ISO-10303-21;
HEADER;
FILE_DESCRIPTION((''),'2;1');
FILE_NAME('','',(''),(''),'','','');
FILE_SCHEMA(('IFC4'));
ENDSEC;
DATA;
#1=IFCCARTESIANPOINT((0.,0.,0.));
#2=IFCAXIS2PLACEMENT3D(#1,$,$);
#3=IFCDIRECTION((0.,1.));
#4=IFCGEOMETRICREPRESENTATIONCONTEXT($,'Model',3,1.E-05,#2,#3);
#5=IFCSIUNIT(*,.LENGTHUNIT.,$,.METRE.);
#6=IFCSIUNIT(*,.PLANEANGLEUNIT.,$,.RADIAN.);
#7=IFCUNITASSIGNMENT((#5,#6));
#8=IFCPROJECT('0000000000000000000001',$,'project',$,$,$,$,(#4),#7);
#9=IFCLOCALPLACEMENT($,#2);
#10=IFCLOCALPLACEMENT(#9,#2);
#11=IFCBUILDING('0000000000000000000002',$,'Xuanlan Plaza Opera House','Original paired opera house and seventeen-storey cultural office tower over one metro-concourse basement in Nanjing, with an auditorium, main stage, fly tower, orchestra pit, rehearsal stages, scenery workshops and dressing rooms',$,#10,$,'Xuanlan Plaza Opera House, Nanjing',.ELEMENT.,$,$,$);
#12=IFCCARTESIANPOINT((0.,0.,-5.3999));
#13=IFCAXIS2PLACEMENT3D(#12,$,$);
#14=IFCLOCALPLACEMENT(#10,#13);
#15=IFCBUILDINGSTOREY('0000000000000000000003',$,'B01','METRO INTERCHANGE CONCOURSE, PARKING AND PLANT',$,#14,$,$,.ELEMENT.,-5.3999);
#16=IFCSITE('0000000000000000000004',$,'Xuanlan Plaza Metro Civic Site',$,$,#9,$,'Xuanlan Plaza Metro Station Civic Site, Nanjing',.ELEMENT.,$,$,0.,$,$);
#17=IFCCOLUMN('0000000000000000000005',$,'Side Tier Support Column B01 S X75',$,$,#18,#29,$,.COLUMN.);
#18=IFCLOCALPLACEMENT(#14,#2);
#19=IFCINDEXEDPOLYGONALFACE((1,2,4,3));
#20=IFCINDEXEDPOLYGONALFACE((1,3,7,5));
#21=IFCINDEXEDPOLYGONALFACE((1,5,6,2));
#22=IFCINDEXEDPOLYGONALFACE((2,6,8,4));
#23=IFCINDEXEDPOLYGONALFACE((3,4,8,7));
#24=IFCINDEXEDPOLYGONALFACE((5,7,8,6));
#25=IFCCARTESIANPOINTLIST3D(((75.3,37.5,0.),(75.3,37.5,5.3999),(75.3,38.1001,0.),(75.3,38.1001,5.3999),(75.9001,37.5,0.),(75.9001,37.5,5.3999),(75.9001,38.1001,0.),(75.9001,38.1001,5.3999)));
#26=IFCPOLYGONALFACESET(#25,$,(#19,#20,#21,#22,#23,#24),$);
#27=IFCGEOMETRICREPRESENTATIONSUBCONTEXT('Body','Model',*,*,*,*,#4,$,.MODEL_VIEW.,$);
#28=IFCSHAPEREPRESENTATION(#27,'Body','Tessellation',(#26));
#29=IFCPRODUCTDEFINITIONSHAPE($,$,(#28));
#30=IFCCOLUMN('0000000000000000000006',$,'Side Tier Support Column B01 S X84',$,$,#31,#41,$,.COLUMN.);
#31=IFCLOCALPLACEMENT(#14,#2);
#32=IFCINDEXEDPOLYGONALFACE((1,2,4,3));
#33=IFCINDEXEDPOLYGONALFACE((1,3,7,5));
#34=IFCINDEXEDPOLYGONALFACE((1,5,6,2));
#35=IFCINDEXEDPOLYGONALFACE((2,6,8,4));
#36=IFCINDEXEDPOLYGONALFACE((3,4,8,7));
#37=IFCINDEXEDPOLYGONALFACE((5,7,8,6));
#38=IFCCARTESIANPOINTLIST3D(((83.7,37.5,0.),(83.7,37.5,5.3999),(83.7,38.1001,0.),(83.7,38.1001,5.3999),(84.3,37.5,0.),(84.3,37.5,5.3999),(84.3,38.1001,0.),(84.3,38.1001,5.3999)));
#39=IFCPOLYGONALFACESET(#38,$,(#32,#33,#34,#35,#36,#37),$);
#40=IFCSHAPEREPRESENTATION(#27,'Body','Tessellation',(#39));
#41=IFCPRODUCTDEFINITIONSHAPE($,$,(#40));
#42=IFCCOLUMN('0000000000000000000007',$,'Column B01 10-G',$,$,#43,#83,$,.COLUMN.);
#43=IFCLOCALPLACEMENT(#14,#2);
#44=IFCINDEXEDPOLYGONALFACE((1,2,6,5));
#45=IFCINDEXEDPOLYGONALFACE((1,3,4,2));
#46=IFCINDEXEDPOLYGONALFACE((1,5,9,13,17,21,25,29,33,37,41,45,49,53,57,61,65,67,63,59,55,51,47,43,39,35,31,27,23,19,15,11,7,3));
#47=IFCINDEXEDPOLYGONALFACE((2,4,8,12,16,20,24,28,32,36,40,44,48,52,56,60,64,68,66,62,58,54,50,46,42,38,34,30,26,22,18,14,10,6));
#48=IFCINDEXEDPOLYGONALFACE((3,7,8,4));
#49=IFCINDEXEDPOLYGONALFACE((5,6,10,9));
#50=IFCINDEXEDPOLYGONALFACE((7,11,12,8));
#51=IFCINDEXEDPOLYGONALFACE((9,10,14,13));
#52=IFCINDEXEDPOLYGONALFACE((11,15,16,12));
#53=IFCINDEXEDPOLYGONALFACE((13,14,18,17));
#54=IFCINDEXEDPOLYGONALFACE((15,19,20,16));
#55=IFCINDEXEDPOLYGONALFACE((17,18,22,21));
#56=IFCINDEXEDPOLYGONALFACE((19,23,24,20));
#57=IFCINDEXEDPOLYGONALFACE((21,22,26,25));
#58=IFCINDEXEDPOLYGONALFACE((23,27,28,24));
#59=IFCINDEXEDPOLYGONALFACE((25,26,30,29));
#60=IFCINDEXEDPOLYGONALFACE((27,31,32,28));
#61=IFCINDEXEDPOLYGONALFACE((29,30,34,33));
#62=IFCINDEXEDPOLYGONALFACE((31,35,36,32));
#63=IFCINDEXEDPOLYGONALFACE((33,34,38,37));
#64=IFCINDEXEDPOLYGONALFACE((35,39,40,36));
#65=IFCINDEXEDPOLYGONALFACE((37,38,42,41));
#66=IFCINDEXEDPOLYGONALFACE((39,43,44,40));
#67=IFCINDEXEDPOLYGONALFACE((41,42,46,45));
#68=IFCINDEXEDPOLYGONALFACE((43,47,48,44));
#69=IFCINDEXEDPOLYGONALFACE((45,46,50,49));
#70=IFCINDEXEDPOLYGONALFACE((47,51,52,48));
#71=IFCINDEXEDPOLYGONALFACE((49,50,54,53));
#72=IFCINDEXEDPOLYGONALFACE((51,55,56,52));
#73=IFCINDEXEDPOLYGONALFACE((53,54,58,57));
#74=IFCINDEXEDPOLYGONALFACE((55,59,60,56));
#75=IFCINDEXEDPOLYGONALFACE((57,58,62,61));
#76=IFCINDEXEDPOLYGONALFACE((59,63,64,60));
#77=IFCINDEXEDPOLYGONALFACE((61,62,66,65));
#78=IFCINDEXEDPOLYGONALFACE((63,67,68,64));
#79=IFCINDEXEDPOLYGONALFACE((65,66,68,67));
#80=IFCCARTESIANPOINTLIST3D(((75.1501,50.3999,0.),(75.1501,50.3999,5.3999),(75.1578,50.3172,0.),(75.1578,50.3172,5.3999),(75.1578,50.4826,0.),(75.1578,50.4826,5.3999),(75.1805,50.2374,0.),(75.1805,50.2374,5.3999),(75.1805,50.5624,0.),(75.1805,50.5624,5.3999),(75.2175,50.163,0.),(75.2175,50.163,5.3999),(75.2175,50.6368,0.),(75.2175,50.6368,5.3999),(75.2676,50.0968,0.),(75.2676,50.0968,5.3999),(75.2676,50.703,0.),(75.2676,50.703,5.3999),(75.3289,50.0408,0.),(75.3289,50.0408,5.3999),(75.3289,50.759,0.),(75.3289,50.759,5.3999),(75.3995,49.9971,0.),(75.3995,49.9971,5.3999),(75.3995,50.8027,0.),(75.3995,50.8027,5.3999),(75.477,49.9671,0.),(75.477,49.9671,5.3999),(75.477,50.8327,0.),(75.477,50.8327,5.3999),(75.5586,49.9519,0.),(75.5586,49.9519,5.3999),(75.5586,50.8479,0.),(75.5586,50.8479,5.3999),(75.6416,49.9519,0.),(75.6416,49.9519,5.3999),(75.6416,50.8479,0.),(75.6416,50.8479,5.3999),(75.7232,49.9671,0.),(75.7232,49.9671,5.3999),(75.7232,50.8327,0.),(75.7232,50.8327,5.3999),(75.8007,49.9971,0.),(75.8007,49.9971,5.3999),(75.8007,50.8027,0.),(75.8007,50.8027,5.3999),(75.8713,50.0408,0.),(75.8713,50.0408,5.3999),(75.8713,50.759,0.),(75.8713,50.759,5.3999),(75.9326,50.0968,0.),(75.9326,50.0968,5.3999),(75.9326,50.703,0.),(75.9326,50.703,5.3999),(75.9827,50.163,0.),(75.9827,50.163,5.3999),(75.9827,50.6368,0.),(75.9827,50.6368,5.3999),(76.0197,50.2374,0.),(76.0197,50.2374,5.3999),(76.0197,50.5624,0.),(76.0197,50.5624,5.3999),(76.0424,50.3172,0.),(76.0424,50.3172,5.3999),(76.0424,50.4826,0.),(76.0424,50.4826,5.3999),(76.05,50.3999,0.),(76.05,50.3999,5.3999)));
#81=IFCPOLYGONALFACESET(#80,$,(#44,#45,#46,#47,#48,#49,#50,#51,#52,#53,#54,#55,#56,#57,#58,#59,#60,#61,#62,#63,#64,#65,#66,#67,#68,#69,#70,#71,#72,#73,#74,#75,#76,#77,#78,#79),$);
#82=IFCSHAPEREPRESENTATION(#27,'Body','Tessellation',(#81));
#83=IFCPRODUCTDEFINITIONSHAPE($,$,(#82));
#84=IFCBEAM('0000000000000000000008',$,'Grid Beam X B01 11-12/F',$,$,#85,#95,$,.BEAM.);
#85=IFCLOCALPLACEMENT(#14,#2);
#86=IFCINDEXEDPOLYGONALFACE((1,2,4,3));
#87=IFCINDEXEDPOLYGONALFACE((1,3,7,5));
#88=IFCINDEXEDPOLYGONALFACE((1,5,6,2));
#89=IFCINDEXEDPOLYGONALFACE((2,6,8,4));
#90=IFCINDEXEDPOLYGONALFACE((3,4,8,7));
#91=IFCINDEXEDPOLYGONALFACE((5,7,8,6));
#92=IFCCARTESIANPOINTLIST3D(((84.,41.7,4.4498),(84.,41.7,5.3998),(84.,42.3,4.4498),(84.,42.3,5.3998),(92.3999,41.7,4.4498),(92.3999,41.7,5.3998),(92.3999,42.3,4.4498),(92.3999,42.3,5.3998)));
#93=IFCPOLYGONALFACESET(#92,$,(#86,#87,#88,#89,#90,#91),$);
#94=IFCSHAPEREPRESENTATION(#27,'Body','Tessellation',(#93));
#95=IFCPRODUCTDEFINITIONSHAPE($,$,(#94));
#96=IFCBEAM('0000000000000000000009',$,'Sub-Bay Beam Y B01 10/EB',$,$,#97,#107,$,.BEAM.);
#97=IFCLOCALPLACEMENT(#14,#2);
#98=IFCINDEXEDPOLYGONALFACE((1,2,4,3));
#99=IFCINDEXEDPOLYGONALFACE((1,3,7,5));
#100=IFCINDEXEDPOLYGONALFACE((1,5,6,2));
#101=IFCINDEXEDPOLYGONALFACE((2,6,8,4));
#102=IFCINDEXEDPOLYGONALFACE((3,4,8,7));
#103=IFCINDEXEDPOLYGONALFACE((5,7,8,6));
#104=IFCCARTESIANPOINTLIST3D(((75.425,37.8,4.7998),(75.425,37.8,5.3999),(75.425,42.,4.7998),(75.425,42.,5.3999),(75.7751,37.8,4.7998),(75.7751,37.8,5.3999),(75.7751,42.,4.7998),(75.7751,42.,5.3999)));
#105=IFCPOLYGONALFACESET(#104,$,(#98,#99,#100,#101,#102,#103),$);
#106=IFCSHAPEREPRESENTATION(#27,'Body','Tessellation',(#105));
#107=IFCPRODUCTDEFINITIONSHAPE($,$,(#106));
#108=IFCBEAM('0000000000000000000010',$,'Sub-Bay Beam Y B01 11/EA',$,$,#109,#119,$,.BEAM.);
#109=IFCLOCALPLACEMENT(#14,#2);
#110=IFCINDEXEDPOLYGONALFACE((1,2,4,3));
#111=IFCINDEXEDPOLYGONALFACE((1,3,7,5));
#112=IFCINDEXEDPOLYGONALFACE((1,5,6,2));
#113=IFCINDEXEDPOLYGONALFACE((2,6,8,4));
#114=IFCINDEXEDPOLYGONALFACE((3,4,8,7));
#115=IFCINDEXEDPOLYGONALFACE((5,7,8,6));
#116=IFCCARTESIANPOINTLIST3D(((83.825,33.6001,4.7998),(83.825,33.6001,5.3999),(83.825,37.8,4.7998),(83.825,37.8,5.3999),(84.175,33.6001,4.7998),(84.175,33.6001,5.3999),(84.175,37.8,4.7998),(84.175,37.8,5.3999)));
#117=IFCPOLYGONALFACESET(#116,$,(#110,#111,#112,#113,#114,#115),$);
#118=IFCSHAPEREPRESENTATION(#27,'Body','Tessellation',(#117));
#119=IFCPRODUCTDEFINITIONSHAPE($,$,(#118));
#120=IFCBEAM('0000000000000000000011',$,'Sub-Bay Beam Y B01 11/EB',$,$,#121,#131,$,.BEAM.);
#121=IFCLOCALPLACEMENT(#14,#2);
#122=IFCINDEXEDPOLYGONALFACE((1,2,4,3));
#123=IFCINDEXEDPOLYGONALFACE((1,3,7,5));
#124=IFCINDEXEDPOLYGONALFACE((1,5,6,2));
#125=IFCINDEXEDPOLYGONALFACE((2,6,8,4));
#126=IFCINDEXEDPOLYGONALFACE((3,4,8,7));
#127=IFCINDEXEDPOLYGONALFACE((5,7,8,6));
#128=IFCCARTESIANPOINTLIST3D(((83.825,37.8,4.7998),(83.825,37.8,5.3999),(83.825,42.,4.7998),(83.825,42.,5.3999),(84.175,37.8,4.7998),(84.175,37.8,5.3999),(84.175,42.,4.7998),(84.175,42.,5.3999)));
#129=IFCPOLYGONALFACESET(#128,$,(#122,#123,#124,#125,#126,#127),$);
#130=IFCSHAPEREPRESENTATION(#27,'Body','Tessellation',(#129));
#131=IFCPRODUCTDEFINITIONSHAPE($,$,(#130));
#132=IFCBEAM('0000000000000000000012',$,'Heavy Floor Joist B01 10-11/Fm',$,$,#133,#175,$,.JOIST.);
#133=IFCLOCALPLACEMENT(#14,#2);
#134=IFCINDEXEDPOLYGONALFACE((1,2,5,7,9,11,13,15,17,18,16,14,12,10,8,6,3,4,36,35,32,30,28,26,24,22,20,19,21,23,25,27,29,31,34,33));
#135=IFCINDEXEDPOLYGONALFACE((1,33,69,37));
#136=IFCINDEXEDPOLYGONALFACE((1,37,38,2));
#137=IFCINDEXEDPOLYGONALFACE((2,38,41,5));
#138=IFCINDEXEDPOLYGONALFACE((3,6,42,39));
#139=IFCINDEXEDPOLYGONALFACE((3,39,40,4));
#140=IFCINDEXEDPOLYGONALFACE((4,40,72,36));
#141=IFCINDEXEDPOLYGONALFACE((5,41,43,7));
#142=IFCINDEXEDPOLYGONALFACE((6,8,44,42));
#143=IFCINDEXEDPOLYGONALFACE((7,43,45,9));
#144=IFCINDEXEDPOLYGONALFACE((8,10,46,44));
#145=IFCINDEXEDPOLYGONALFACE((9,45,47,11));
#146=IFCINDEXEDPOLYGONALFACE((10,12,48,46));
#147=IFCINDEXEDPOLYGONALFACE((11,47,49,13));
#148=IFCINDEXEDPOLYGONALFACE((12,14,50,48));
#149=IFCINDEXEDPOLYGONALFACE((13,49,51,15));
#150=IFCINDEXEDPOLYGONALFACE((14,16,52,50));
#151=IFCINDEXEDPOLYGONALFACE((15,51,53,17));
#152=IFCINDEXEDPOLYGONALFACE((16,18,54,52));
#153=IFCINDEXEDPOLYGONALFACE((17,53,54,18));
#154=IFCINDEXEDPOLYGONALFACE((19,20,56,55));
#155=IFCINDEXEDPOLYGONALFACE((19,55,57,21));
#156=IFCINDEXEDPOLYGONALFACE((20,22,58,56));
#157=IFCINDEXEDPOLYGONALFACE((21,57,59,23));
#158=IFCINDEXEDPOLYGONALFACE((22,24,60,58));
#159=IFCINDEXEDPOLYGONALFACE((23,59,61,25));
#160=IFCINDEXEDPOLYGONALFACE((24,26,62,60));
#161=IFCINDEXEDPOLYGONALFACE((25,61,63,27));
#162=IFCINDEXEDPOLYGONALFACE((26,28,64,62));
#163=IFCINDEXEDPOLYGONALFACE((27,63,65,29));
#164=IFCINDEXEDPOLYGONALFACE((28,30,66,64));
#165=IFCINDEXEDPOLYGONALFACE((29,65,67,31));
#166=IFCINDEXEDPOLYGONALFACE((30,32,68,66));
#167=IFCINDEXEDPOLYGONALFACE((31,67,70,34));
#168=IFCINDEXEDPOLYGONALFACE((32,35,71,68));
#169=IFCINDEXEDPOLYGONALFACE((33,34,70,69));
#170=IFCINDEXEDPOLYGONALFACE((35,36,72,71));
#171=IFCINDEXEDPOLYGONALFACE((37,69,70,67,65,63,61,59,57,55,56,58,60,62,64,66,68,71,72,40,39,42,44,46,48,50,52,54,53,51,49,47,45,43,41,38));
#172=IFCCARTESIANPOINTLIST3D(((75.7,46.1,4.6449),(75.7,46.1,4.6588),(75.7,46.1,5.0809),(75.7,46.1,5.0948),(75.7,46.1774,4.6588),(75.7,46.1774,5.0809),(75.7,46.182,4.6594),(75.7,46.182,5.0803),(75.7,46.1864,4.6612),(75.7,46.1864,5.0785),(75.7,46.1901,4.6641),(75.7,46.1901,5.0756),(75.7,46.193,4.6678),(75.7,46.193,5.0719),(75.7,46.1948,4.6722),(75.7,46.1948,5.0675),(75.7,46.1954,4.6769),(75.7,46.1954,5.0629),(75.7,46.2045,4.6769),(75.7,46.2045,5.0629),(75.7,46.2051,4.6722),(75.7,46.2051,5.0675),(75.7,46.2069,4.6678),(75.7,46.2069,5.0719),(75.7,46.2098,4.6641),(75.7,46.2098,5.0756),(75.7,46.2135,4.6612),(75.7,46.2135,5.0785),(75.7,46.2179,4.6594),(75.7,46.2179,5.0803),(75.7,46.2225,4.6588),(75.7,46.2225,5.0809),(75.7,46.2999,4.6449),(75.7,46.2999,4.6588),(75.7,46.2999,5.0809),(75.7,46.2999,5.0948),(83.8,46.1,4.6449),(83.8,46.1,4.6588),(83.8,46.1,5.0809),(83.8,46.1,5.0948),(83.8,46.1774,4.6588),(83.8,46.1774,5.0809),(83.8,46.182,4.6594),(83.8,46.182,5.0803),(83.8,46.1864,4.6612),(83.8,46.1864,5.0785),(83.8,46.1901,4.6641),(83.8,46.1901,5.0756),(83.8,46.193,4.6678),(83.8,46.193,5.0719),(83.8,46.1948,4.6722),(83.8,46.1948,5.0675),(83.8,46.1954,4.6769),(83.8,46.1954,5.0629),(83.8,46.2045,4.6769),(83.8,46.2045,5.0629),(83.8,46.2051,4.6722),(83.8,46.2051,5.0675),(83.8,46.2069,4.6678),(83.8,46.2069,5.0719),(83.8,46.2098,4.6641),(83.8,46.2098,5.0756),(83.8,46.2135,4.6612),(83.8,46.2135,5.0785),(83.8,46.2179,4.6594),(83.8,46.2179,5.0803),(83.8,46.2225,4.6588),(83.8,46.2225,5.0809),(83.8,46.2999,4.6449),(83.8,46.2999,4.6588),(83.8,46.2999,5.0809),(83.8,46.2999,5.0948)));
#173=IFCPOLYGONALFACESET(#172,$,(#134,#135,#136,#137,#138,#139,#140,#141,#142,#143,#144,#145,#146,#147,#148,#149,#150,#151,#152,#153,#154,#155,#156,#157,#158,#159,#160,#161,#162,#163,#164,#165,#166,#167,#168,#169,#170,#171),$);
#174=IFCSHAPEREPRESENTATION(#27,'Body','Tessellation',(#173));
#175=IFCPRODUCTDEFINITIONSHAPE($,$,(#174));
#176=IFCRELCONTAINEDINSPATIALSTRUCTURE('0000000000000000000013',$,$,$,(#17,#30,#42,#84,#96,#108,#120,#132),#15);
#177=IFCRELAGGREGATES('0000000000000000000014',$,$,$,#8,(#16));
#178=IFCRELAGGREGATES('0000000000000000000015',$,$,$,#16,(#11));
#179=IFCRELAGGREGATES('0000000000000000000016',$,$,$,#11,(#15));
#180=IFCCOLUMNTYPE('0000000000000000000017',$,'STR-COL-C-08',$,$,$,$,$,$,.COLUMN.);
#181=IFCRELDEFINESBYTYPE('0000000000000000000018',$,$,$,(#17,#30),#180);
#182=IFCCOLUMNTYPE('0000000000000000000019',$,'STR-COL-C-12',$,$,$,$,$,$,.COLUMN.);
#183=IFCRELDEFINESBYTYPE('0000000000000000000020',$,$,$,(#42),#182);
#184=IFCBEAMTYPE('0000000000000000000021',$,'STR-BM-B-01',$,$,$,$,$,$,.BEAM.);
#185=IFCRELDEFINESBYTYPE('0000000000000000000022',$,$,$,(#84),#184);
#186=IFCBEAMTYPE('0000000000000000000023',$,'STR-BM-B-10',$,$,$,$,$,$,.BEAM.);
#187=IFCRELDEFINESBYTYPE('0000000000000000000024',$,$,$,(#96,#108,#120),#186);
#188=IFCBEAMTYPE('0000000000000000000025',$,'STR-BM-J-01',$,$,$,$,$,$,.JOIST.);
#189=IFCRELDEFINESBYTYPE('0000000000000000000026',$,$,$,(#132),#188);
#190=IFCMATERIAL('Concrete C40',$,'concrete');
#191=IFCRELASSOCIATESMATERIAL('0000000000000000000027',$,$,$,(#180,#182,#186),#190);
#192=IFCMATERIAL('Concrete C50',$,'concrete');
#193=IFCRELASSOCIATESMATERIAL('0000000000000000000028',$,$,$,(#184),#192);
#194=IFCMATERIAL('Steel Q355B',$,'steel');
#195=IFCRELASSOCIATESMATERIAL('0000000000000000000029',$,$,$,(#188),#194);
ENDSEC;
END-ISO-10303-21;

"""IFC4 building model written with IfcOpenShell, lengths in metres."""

from ifc_helpers import new_model, si_unit, direction, frame, origin, origin_2d, place, context, subcontext, project, spatial, rectangle, circle, i_section, extrude, material, material_profile, profile_set, type_object, element, save


model = new_model("IFC4")

# Units and contexts
model_context = context("Model", 3, precision=1e-05, world=origin(), true_north=direction((0.0, 1.0)))
body_context = subcontext(model_context, "Body", "Model", "MODEL_VIEW")
ifc_project = project(units=[si_unit("LENGTHUNIT", "METRE"), si_unit("PLANEANGLEUNIT", "RADIAN")], contexts=[model_context])

# Site, building, storey
site_placement = place(None, origin())
site = spatial("IfcSite", under=ifc_project, at=site_placement, Name="Xuanlan Plaza Metro Civic Site", LongName="Xuanlan Plaza Metro Station Civic Site, Nanjing", CompositionType="ELEMENT", RefElevation=0.0)
building_placement = place(site_placement, origin())
building = spatial("IfcBuilding", under=site, at=building_placement, Name="Xuanlan Plaza Opera House", Description="Original paired opera house and seventeen-storey cultural office tower over one metro-concourse basement in Nanjing, with an auditorium, main stage, fly tower, orchestra pit, rehearsal stages, scenery workshops and dressing rooms", LongName="Xuanlan Plaza Opera House, Nanjing", CompositionType="ELEMENT")
storey_placement = place(building_placement, frame((0.0, 0.0, -5.3999)))
storey = spatial("IfcBuildingStorey", under=building, at=storey_placement, Name="B01", Description="METRO INTERCHANGE CONCOURSE, PARKING AND PLANT", CompositionType="ELEMENT", Elevation=-5.3999)

# Shared definitions
ifc_material_1 = material(Name="Concrete C40", Category="concrete")
ifc_material_2 = material(Name="Concrete C50", Category="concrete")

# Columns
ifc_material_profile_1 = material_profile(ifc_material_1, rectangle(XDim=0.6001, YDim=0.6001, at=origin_2d()), Name="RC-COL 600x600")
ifc_profile_set_1 = profile_set([ifc_material_profile_1], Name="Concrete C40")
column_type_1 = type_object("IfcColumnType", Name="STR-COL-C-08", PredefinedType="COLUMN", material=ifc_profile_set_1)
for number, where, z_axis, x_axis, name in (
    (1, (75.6001, 37.8, 0.0), (0.0, 0.0, 1.0), (1.0, 0.0, 0.0), "Side Tier Support Column B01 S X75"),
    (2, (84.0, 37.8, 0.0), (0.0, 0.0, 1.0), (1.0, 0.0, 0.0), "Side Tier Support Column B01 S X84"),
):
    element("IfcColumn", number, at=place(storey_placement, frame(where, z_axis=z_axis, x_axis=x_axis)), inside=storey, type_object=column_type_1, Name=name, PredefinedType="COLUMN", context=body_context, shape_type="SweptSolid", body=[
        extrude(rectangle(XDim=0.6001, YDim=0.6001, at=origin_2d()), origin(), (0.0, 0.0, 1.0), 5.3999),
    ])
ifc_material_profile_2 = material_profile(ifc_material_1, circle(Radius=0.45, at=origin_2d()), Name="RC-COL D900")
ifc_profile_set_2 = profile_set([ifc_material_profile_2], Name="Concrete C40")
column_type_2 = type_object("IfcColumnType", Name="STR-COL-C-12", PredefinedType="COLUMN", material=ifc_profile_set_2)
column_1_placement = place(storey_placement, frame((75.6001, 50.3999, 0.0), z_axis=(0.0, 0.0, 1.0), x_axis=(1.0, 0.0, 0.0)))
element("IfcColumn", 3, at=column_1_placement, inside=storey, type_object=column_type_2, Name="Column B01 10-G", PredefinedType="COLUMN", context=body_context, shape_type="SweptSolid", body=[
    extrude(circle(Radius=0.45, at=origin_2d()), origin(), (0.0, 0.0, 1.0), 5.3999),
])

# Beams
ifc_material_profile_3 = material_profile(ifc_material_2, rectangle(XDim=0.6001, YDim=0.95, at=origin_2d()), Name="RC-BM 600x950")
ifc_profile_set_3 = profile_set([ifc_material_profile_3], Name="Concrete C50")
beam_type_1 = type_object("IfcBeamType", Name="STR-BM-B-01", PredefinedType="BEAM", material=ifc_profile_set_3)
beam_1_placement = place(storey_placement, frame((84.0, 42.0, 4.9248), z_axis=(1.0, 0.0, 0.0), x_axis=(0.0, 1.0, 0.0)))
element("IfcBeam", 4, at=beam_1_placement, inside=storey, type_object=beam_type_1, Name="Grid Beam X B01 11-12/F", PredefinedType="BEAM", context=body_context, shape_type="SweptSolid", body=[
    extrude(rectangle(XDim=0.6001, YDim=0.95, at=origin_2d()), origin(), (0.0, 0.0, 1.0), 8.3999),
])
ifc_material_profile_4 = material_profile(ifc_material_1, rectangle(XDim=0.3501, YDim=0.6001, at=origin_2d()), Name="RC-BM 350x600")
ifc_profile_set_4 = profile_set([ifc_material_profile_4], Name="Concrete C40")
beam_type_2 = type_object("IfcBeamType", Name="STR-BM-B-10", PredefinedType="BEAM", material=ifc_profile_set_4)
for number, where, z_axis, x_axis, name in (
    (5, (75.6001, 37.8, 5.0999), (0.0, 1.0, 0.0), (-1.0, 0.0, 0.0), "Sub-Bay Beam Y B01 10/EB"),
    (6, (84.0, 33.6001, 5.0999), (0.0, 1.0, 0.0), (-1.0, 0.0, 0.0), "Sub-Bay Beam Y B01 11/EA"),
    (7, (84.0, 37.8, 5.0999), (0.0, 1.0, 0.0), (-1.0, 0.0, 0.0), "Sub-Bay Beam Y B01 11/EB"),
):
    element("IfcBeam", number, at=place(storey_placement, frame(where, z_axis=z_axis, x_axis=x_axis)), inside=storey, type_object=beam_type_2, Name=name, PredefinedType="BEAM", context=body_context, shape_type="SweptSolid", body=[
        extrude(rectangle(XDim=0.3501, YDim=0.6001, at=origin_2d()), origin(), (0.0, 0.0, 1.0), 4.2),
    ])
ifc_material_3 = material(Name="Steel Q355B", Category="steel")
ifc_material_profile_5 = material_profile(ifc_material_3, i_section(OverallWidth=0.2, OverallDepth=0.45, WebThickness=0.009, FlangeThickness=0.0139, FilletRadius=0.0181, at=origin_2d()), Name="HN 450x200x9x14")
ifc_profile_set_5 = profile_set([ifc_material_profile_5], Name="Steel Q355B")
beam_type_3 = type_object("IfcBeamType", Name="STR-BM-J-01", PredefinedType="JOIST", material=ifc_profile_set_5)
beam_2_placement = place(storey_placement, frame((75.7, 46.2, 4.8699), z_axis=(1.0, 0.0, 0.0), x_axis=(0.0, 1.0, 0.0)))
element("IfcBeam", 8, at=beam_2_placement, inside=storey, type_object=beam_type_3, Name="Heavy Floor Joist B01 10-11/Fm", PredefinedType="JOIST", context=body_context, shape_type="SweptSolid", body=[
    extrude(i_section(OverallWidth=0.2, OverallDepth=0.45, WebThickness=0.009, FlangeThickness=0.0139, FilletRadius=0.0181, at=origin_2d()), origin(), (0.0, 0.0, 1.0), 8.1001),
])

save(model, "model.ifc")
